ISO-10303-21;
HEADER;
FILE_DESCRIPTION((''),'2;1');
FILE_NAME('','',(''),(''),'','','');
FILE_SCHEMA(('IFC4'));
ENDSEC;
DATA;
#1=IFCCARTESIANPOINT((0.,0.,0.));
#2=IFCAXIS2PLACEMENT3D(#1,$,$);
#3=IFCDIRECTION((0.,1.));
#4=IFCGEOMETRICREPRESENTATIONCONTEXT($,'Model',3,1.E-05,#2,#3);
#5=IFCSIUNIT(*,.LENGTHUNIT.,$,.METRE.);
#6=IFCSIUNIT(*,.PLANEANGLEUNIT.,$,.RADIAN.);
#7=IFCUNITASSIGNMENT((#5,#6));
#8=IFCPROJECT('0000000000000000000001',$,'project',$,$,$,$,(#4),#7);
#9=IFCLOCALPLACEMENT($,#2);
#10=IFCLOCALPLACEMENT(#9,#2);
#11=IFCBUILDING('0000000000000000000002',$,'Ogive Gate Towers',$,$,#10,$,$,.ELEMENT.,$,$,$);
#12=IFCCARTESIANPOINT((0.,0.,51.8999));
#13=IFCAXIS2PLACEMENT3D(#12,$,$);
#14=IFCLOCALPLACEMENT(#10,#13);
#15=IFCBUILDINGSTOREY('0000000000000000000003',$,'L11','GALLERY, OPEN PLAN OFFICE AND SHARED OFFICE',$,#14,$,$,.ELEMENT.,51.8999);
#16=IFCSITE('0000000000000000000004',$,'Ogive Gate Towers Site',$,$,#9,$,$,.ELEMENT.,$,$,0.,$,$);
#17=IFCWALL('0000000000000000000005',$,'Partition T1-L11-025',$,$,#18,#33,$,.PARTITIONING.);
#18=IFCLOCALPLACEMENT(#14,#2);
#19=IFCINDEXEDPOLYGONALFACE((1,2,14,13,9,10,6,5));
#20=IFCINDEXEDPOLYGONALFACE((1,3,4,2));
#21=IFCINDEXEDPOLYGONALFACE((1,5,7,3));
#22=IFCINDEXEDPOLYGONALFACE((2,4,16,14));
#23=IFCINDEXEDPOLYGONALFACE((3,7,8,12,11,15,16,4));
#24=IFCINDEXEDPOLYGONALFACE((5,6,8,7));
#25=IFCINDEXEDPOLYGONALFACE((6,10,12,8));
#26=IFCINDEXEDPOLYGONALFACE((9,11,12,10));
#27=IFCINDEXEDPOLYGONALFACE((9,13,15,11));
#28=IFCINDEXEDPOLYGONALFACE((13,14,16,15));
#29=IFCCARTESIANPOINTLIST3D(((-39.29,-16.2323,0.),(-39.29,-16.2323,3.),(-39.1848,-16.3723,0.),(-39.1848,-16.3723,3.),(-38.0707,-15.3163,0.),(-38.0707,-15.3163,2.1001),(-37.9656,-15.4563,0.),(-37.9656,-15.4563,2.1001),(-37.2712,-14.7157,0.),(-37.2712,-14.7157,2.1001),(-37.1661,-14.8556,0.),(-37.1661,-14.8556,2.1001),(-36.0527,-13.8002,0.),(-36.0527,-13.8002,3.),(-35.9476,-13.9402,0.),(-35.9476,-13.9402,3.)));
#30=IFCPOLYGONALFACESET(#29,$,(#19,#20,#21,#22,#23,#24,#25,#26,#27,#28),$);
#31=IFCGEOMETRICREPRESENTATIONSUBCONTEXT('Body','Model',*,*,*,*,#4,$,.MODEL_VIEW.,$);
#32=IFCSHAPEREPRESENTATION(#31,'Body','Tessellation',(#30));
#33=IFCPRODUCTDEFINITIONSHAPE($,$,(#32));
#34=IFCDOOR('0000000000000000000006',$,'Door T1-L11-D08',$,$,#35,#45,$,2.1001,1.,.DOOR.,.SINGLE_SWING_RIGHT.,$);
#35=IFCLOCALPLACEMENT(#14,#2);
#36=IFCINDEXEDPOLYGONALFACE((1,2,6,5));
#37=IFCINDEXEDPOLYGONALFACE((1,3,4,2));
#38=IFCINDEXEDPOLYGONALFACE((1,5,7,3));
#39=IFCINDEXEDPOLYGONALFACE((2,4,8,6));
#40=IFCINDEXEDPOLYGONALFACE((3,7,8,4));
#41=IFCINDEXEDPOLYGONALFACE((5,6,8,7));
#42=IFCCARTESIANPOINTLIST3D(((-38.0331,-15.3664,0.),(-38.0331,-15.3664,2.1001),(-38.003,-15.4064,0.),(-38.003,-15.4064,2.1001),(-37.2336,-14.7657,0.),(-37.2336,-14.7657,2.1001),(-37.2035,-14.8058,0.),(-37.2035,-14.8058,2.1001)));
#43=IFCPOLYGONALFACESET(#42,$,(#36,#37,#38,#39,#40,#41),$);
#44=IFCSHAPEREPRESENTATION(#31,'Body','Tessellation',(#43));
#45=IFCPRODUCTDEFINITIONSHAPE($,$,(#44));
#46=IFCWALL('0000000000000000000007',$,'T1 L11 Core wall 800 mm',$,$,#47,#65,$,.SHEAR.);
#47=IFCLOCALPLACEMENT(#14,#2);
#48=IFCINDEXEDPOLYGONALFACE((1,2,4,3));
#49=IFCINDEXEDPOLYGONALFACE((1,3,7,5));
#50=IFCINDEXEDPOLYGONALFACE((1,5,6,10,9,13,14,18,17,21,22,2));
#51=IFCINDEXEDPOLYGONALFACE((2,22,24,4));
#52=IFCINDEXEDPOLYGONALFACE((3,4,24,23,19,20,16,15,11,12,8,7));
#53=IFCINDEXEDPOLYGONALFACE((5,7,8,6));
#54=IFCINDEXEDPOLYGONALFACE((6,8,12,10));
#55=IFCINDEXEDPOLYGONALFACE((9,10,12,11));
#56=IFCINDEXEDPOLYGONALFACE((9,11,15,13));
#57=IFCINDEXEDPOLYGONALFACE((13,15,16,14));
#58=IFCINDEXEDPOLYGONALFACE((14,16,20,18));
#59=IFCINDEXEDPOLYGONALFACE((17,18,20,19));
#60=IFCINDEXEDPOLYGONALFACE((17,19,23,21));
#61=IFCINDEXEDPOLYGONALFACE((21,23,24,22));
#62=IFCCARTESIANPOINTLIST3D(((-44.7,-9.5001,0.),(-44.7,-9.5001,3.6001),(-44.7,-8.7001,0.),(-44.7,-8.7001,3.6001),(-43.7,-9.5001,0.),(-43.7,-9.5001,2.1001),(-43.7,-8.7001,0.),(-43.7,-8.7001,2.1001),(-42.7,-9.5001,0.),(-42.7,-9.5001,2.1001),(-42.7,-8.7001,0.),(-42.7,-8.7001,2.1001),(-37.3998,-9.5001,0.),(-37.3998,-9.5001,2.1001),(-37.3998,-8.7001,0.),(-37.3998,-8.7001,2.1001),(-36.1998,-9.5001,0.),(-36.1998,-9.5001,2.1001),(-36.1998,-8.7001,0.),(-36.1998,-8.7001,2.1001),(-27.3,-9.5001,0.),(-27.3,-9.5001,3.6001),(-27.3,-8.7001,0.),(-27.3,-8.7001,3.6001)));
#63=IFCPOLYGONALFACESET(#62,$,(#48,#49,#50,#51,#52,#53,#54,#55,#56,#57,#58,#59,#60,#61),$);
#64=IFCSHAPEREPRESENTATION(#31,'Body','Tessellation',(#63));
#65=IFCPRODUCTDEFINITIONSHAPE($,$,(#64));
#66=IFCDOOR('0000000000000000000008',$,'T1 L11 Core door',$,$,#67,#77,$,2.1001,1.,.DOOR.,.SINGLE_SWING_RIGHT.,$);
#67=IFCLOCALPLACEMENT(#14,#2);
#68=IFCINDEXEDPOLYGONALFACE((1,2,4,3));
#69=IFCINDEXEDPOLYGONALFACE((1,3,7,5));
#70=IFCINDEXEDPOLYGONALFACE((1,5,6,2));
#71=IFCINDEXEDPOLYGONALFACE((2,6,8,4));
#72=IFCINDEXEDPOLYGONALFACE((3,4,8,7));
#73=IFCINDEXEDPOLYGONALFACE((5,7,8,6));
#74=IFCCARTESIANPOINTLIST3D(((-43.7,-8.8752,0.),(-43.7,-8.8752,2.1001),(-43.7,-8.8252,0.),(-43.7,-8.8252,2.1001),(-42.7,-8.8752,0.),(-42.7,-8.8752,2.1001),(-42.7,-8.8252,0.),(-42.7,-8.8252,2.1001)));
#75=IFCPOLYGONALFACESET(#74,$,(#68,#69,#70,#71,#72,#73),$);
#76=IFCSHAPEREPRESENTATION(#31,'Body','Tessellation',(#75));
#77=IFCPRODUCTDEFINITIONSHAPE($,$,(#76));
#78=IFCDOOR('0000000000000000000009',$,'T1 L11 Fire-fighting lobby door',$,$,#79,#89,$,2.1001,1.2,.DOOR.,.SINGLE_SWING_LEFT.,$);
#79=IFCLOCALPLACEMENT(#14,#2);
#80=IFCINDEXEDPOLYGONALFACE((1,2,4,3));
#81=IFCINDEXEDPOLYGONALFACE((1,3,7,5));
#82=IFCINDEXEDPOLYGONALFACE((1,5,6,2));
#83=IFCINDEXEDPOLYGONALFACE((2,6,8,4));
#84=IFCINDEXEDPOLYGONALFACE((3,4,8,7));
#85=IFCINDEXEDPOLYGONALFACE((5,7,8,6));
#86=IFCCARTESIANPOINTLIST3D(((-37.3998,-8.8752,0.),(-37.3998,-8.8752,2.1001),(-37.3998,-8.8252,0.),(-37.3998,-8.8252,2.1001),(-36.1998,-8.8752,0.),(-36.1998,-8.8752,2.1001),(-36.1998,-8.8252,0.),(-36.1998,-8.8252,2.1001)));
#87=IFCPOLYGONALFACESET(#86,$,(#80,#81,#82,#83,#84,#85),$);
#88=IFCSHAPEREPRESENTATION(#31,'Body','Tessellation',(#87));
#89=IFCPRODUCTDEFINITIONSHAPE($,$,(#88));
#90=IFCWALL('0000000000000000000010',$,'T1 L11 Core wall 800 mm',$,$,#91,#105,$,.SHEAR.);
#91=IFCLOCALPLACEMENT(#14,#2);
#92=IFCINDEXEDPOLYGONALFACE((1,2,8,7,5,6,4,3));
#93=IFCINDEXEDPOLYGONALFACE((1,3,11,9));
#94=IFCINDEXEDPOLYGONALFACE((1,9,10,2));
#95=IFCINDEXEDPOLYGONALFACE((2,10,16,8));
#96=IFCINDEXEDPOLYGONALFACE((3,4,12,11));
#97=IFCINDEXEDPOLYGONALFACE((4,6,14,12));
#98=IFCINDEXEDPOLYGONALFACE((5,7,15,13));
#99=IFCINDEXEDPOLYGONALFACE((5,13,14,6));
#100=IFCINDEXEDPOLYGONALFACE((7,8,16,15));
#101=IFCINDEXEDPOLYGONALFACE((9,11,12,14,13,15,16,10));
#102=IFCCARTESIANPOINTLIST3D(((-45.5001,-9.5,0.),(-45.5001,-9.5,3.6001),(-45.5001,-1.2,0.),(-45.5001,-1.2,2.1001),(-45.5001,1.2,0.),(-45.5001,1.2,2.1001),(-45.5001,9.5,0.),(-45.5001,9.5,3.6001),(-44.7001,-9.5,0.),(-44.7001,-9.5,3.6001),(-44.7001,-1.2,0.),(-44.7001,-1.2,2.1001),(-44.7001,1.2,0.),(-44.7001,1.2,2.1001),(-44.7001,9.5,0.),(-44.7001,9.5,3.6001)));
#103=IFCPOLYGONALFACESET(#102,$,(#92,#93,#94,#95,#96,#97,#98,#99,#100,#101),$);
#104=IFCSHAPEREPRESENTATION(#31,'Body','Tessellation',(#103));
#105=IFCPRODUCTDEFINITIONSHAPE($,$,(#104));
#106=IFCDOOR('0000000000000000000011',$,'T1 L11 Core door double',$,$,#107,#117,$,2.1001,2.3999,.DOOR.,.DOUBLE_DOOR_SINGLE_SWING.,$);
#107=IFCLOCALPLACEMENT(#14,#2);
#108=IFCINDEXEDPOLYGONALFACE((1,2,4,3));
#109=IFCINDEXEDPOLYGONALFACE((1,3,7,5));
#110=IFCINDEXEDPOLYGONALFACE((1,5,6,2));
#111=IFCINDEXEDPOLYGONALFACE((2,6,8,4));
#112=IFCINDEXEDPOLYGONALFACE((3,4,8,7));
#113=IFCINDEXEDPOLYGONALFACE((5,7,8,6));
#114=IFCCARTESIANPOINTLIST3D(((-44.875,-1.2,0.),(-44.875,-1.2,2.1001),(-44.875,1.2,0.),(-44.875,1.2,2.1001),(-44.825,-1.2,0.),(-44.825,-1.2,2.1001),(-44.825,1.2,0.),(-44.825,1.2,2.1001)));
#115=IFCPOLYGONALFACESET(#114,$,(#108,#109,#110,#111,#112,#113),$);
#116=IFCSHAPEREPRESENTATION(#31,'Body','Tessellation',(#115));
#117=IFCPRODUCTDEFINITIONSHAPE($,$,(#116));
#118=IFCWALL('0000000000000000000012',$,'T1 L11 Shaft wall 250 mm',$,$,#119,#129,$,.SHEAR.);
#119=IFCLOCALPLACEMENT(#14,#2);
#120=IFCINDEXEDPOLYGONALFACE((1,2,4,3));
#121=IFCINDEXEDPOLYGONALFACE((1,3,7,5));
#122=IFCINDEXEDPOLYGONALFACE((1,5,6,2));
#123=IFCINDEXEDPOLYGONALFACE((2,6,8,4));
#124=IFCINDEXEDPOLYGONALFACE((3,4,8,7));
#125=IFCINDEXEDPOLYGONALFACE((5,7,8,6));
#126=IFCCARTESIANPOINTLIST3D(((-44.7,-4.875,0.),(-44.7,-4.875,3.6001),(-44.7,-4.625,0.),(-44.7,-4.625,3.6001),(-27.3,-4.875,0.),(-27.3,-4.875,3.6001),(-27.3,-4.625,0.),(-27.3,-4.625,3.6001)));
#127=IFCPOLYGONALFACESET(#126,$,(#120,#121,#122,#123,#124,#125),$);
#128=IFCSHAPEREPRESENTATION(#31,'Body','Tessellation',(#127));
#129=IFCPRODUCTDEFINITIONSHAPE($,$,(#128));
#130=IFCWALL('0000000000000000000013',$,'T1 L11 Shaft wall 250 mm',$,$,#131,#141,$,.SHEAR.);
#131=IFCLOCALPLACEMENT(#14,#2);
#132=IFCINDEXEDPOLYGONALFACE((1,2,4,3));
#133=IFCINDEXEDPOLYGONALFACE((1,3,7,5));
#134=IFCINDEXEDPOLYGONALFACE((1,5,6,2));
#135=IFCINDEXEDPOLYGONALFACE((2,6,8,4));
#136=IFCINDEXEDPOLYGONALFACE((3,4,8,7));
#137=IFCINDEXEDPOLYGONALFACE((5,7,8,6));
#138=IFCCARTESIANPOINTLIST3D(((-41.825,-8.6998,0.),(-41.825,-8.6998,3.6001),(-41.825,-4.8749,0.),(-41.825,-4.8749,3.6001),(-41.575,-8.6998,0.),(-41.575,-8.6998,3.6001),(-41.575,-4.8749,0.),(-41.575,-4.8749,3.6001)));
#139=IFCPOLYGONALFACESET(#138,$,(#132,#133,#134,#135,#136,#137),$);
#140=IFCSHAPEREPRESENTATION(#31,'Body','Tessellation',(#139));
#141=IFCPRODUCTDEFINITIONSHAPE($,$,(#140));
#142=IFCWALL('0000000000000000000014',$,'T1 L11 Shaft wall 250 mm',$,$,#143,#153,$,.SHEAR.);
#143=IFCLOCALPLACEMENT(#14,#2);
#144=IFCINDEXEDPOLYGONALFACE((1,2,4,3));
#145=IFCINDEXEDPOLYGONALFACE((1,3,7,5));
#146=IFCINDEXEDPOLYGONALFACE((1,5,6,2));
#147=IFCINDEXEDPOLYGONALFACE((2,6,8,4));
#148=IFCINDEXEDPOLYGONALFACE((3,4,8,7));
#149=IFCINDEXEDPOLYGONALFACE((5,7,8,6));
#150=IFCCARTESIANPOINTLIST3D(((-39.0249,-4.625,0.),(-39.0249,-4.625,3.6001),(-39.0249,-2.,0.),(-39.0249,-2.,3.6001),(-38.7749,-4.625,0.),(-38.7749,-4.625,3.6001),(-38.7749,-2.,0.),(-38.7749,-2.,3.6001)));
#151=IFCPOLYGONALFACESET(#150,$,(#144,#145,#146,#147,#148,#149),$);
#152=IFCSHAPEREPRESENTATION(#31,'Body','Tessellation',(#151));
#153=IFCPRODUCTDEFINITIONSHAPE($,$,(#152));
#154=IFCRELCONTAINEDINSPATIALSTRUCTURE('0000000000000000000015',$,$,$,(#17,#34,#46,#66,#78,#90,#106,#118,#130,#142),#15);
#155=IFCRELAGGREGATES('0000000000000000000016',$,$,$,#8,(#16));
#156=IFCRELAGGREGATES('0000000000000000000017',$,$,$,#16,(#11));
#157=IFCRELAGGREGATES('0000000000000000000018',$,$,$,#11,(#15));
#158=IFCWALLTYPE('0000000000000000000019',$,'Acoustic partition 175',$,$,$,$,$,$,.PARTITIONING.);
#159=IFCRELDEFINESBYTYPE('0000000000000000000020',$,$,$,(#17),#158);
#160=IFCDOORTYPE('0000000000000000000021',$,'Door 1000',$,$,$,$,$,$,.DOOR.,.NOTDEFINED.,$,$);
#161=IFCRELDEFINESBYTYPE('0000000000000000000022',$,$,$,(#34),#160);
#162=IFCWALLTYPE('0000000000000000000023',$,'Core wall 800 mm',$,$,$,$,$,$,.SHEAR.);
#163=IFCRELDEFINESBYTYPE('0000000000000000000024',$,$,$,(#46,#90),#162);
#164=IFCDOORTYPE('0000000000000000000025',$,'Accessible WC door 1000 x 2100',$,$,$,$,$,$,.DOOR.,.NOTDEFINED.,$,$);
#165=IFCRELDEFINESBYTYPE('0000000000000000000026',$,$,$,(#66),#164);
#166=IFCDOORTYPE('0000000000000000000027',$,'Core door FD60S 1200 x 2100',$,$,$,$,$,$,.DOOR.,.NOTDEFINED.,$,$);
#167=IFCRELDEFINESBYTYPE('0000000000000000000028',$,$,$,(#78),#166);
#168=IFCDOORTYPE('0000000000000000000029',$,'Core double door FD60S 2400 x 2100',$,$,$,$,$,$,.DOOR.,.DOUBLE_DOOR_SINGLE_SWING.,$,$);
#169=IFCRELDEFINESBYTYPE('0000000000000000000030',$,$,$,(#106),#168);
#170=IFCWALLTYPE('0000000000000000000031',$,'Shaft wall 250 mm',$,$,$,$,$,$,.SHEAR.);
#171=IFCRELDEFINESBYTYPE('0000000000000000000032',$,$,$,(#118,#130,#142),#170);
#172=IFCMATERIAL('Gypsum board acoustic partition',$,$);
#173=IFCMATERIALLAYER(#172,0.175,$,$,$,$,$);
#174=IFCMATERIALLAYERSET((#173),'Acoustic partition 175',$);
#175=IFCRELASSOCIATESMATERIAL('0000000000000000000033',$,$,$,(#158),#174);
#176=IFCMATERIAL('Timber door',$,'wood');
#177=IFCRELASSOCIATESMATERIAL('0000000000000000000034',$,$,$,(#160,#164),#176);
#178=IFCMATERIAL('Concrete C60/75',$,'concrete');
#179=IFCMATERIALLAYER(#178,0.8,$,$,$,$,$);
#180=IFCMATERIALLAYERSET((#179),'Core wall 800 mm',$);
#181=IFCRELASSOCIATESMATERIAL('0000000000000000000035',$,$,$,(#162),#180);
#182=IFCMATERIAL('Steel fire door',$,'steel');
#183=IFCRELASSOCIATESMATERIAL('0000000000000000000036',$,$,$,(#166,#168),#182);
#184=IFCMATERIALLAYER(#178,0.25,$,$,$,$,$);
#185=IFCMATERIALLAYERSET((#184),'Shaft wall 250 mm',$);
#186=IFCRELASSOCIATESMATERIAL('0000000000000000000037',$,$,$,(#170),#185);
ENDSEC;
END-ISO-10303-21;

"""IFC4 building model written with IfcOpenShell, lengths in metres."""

from ifc_helpers import new_model, si_unit, direction, frame, frame_2d, origin, place, context, subcontext, project, spatial, rectangle, extrude, material, layer, layer_set, type_object, element, fill, save


model = new_model("IFC4")

# Units and contexts
model_context = context("Model", 3, precision=1e-05, world=origin(), true_north=direction((0.0, 1.0)))
body_context = subcontext(model_context, "Body", "Model", "MODEL_VIEW")
ifc_project = project(units=[si_unit("LENGTHUNIT", "METRE"), si_unit("PLANEANGLEUNIT", "RADIAN")], contexts=[model_context])

# Site, building, storey
site_placement = place(None, origin())
site = spatial("IfcSite", under=ifc_project, at=site_placement, Name="Ogive Gate Towers Site", CompositionType="ELEMENT", RefElevation=0.0)
building_placement = place(site_placement, origin())
building = spatial("IfcBuilding", under=site, at=building_placement, Name="Ogive Gate Towers", CompositionType="ELEMENT")
storey_placement = place(building_placement, frame((0.0, 0.0, 51.8999)))
storey = spatial("IfcBuildingStorey", under=building, at=storey_placement, Name="L11", Description="GALLERY, OPEN PLAN OFFICE AND SHARED OFFICE", CompositionType="ELEMENT", Elevation=51.8999)

# Shared definitions
ifc_material_1 = material(Name="Gypsum board acoustic partition")
ifc_layer_1 = layer(ifc_material_1, 0.175)
ifc_layer_set_1 = layer_set([ifc_layer_1], Name="Acoustic partition 175")
wall_type_1 = type_object("IfcWallType", Name="Acoustic partition 175", PredefinedType="PARTITIONING", material=ifc_layer_set_1)

# Wall, opening, door
wall_1_placement = place(storey_placement, frame((-39.2373, -16.3022, 0.0), z_axis=(0.0, 0.0, 1.0), x_axis=(0.799508, 0.600656, 0.0)))
wall_1 = element("IfcWall", 1, at=wall_1_placement, inside=storey, type_object=wall_type_1, Name="Partition T1-L11-025", PredefinedType="PARTITIONING", context=body_context, shape_type="SweptSolid", body=[
    extrude(rectangle(XDim=4.0491, YDim=0.175, at=frame_2d((2.0244, 0.0))), origin(), (0.0, 0.0, 1.0), 3.0),
])
opening_1_placement = place(wall_1_placement, frame((1.5249, 0.0, 0.0)))
opening_1 = element("IfcOpeningElement", 2, at=opening_1_placement, cuts=wall_1, PredefinedType="OPENING", context=body_context, shape_type="SweptSolid", body=[
    extrude(rectangle(XDim=1.0, YDim=2.1001, at=frame_2d((0.5, 1.05))), frame((0.0, 0.0977, 0.0), z_axis=(0.0, -1.0, 0.0), x_axis=(1.0, 0.0, 0.0)), (0.0, 0.0, 1.0), 0.1951),
])
ifc_material_2 = material(Name="Timber door", Category="wood")
door_type_1 = type_object("IfcDoorType", Name="Door 1000", OperationType="NOTDEFINED", PredefinedType="DOOR", material=ifc_material_2)
door_1_placement = place(opening_1_placement, origin())
door_1 = element("IfcDoor", 3, at=door_1_placement, inside=storey, type_object=door_type_1, Name="Door T1-L11-D08", OperationType="SINGLE_SWING_RIGHT", OverallHeight=2.1001, OverallWidth=1.0, PredefinedType="DOOR", context=body_context, shape_type="SweptSolid", body=[
    extrude(rectangle(XDim=1.0, YDim=2.1001, at=frame_2d((0.5, 1.05))), frame((0.0, 0.0249, 0.0), z_axis=(0.0, -1.0, 0.0), x_axis=(1.0, 0.0, 0.0)), (0.0, 0.0, 1.0), 0.05),
])
fill(opening_1, door_1)

# Wall, openings, doors
ifc_material_3 = material(Name="Concrete C60/75", Category="concrete")
ifc_layer_2 = layer(ifc_material_3, 0.8)
ifc_layer_set_2 = layer_set([ifc_layer_2], Name="Core wall 800 mm")
wall_type_2 = type_object("IfcWallType", Name="Core wall 800 mm", PredefinedType="SHEAR", material=ifc_layer_set_2)
wall_2_placement = place(storey_placement, frame((-44.7, -9.1001, 0.0), z_axis=(0.0, 0.0, 1.0), x_axis=(1.0, 0.0, 0.0)))
wall_2 = element("IfcWall", 4, at=wall_2_placement, inside=storey, type_object=wall_type_2, Name="T1 L11 Core wall 800 mm", PredefinedType="SHEAR", context=body_context, shape_type="SweptSolid", body=[
    extrude(rectangle(XDim=17.3999, YDim=0.8, at=frame_2d((8.7, 0.0))), origin(), (0.0, 0.0, 1.0), 3.6001),
])
opening_2_placement = place(wall_2_placement, frame((7.3, 0.0, 0.0)))
opening_2 = element("IfcOpeningElement", 5, at=opening_2_placement, cuts=wall_2, PredefinedType="OPENING", context=body_context, shape_type="SweptSolid", body=[
    extrude(rectangle(XDim=1.2, YDim=2.1001, at=frame_2d((0.6001, 1.05))), frame((0.0, 0.4102, 0.0), z_axis=(0.0, -1.0, 0.0), x_axis=(1.0, 0.0, 0.0)), (0.0, 0.0, 1.0), 0.8201),
])
opening_3_placement = place(wall_2_placement, frame((1.0, 0.0, 0.0)))
opening_3 = element("IfcOpeningElement", 6, at=opening_3_placement, cuts=wall_2, PredefinedType="OPENING", context=body_context, shape_type="SweptSolid", body=[
    extrude(rectangle(XDim=1.0, YDim=2.1001, at=frame_2d((0.5, 1.05))), frame((0.0, 0.4102, 0.0), z_axis=(0.0, -1.0, 0.0), x_axis=(1.0, 0.0, 0.0)), (0.0, 0.0, 1.0), 0.8201),
])
door_type_2 = type_object("IfcDoorType", Name="Accessible WC door 1000 x 2100", OperationType="NOTDEFINED", PredefinedType="DOOR", material=ifc_material_2)
door_2_placement = place(opening_3_placement, origin())
door_2 = element("IfcDoor", 7, at=door_2_placement, inside=storey, type_object=door_type_2, Name="T1 L11 Core door", OperationType="SINGLE_SWING_RIGHT", OverallHeight=2.1001, OverallWidth=1.0, PredefinedType="DOOR", context=body_context, shape_type="SweptSolid", body=[
    extrude(rectangle(XDim=1.0, YDim=2.1001, at=frame_2d((0.5, 1.05))), frame((0.0, 0.2749, 0.0), z_axis=(0.0, -1.0, 0.0), x_axis=(1.0, 0.0, 0.0)), (0.0, 0.0, 1.0), 0.05),
])
fill(opening_3, door_2)
ifc_material_4 = material(Name="Steel fire door", Category="steel")
door_type_3 = type_object("IfcDoorType", Name="Core door FD60S 1200 x 2100", OperationType="NOTDEFINED", PredefinedType="DOOR", material=ifc_material_4)
door_3_placement = place(opening_2_placement, origin())
door_3 = element("IfcDoor", 8, at=door_3_placement, inside=storey, type_object=door_type_3, Name="T1 L11 Fire-fighting lobby door", OperationType="SINGLE_SWING_LEFT", OverallHeight=2.1001, OverallWidth=1.2, PredefinedType="DOOR", context=body_context, shape_type="SweptSolid", body=[
    extrude(rectangle(XDim=1.2, YDim=2.1001, at=frame_2d((0.6001, 1.05))), frame((0.0, 0.2749, 0.0), z_axis=(0.0, -1.0, 0.0), x_axis=(1.0, 0.0, 0.0)), (0.0, 0.0, 1.0), 0.05),
])
fill(opening_2, door_3)

# Wall, opening, door
wall_3_placement = place(storey_placement, frame((-45.1001, -9.5, 0.0), z_axis=(0.0, 0.0, 1.0), x_axis=(0.0, 1.0, 0.0)))
wall_3 = element("IfcWall", 9, at=wall_3_placement, inside=storey, type_object=wall_type_2, Name="T1 L11 Core wall 800 mm", PredefinedType="SHEAR", context=body_context, shape_type="SweptSolid", body=[
    extrude(rectangle(XDim=19.0, YDim=0.8, at=frame_2d((9.5, 0.0))), origin(), (0.0, 0.0, 1.0), 3.6001),
])
opening_4_placement = place(wall_3_placement, frame((8.3, 0.0, 0.0)))
opening_4 = element("IfcOpeningElement", 10, at=opening_4_placement, cuts=wall_3, PredefinedType="OPENING", context=body_context, shape_type="SweptSolid", body=[
    extrude(rectangle(XDim=2.3999, YDim=2.1001, at=frame_2d((1.2, 1.05))), frame((0.0, 0.4102, 0.0), z_axis=(0.0, -1.0, 0.0), x_axis=(1.0, 0.0, 0.0)), (0.0, 0.0, 1.0), 0.8201),
])
door_type_4 = type_object("IfcDoorType", Name="Core double door FD60S 2400 x 2100", OperationType="DOUBLE_DOOR_SINGLE_SWING", PredefinedType="DOOR", material=ifc_material_4)
door_4_placement = place(opening_4_placement, origin())
door_4 = element("IfcDoor", 11, at=door_4_placement, inside=storey, type_object=door_type_4, Name="T1 L11 Core door double", OperationType="DOUBLE_DOOR_SINGLE_SWING", OverallHeight=2.1001, OverallWidth=2.3999, PredefinedType="DOOR", context=body_context, shape_type="SweptSolid", body=[
    extrude(rectangle(XDim=2.3999, YDim=2.1001, at=frame_2d((1.2, 1.05))), frame((0.0, -0.2251, 0.0), z_axis=(0.0, -1.0, 0.0), x_axis=(1.0, 0.0, 0.0)), (0.0, 0.0, 1.0), 0.05),
])
fill(opening_4, door_4)

# Walls
ifc_layer_3 = layer(ifc_material_3, 0.25)
ifc_layer_set_3 = layer_set([ifc_layer_3], Name="Shaft wall 250 mm")
wall_type_3 = type_object("IfcWallType", Name="Shaft wall 250 mm", PredefinedType="SHEAR", material=ifc_layer_set_3)
wall_4_placement = place(storey_placement, frame((-44.7, -4.75, 0.0), z_axis=(0.0, 0.0, 1.0), x_axis=(1.0, 0.0, 0.0)))
element("IfcWall", 12, at=wall_4_placement, inside=storey, type_object=wall_type_3, Name="T1 L11 Shaft wall 250 mm", PredefinedType="SHEAR", context=body_context, shape_type="SweptSolid", body=[
    extrude(rectangle(XDim=17.3999, YDim=0.25, at=frame_2d((8.7, 0.0))), origin(), (0.0, 0.0, 1.0), 3.6001),
])
wall_5_placement = place(storey_placement, frame((-41.7, -8.7, 0.0), z_axis=(0.0, 0.0, 1.0), x_axis=(0.0, 1.0, 0.0)))
element("IfcWall", 13, at=wall_5_placement, inside=storey, type_object=wall_type_3, Name="T1 L11 Shaft wall 250 mm", PredefinedType="SHEAR", context=body_context, shape_type="SweptSolid", body=[
    extrude(rectangle(XDim=3.825, YDim=0.25, at=frame_2d((1.9126, 0.0))), origin(), (0.0, 0.0, 1.0), 3.6001),
])
wall_6_placement = place(storey_placement, frame((-38.8999, -4.625, 0.0), z_axis=(0.0, 0.0, 1.0), x_axis=(0.0, 1.0, 0.0)))
element("IfcWall", 14, at=wall_6_placement, inside=storey, type_object=wall_type_3, Name="T1 L11 Shaft wall 250 mm", PredefinedType="SHEAR", context=body_context, shape_type="SweptSolid", body=[
    extrude(rectangle(XDim=2.625, YDim=0.25, at=frame_2d((1.3125, 0.0))), origin(), (0.0, 0.0, 1.0), 3.6001),
])

save(model, "model.ifc")
